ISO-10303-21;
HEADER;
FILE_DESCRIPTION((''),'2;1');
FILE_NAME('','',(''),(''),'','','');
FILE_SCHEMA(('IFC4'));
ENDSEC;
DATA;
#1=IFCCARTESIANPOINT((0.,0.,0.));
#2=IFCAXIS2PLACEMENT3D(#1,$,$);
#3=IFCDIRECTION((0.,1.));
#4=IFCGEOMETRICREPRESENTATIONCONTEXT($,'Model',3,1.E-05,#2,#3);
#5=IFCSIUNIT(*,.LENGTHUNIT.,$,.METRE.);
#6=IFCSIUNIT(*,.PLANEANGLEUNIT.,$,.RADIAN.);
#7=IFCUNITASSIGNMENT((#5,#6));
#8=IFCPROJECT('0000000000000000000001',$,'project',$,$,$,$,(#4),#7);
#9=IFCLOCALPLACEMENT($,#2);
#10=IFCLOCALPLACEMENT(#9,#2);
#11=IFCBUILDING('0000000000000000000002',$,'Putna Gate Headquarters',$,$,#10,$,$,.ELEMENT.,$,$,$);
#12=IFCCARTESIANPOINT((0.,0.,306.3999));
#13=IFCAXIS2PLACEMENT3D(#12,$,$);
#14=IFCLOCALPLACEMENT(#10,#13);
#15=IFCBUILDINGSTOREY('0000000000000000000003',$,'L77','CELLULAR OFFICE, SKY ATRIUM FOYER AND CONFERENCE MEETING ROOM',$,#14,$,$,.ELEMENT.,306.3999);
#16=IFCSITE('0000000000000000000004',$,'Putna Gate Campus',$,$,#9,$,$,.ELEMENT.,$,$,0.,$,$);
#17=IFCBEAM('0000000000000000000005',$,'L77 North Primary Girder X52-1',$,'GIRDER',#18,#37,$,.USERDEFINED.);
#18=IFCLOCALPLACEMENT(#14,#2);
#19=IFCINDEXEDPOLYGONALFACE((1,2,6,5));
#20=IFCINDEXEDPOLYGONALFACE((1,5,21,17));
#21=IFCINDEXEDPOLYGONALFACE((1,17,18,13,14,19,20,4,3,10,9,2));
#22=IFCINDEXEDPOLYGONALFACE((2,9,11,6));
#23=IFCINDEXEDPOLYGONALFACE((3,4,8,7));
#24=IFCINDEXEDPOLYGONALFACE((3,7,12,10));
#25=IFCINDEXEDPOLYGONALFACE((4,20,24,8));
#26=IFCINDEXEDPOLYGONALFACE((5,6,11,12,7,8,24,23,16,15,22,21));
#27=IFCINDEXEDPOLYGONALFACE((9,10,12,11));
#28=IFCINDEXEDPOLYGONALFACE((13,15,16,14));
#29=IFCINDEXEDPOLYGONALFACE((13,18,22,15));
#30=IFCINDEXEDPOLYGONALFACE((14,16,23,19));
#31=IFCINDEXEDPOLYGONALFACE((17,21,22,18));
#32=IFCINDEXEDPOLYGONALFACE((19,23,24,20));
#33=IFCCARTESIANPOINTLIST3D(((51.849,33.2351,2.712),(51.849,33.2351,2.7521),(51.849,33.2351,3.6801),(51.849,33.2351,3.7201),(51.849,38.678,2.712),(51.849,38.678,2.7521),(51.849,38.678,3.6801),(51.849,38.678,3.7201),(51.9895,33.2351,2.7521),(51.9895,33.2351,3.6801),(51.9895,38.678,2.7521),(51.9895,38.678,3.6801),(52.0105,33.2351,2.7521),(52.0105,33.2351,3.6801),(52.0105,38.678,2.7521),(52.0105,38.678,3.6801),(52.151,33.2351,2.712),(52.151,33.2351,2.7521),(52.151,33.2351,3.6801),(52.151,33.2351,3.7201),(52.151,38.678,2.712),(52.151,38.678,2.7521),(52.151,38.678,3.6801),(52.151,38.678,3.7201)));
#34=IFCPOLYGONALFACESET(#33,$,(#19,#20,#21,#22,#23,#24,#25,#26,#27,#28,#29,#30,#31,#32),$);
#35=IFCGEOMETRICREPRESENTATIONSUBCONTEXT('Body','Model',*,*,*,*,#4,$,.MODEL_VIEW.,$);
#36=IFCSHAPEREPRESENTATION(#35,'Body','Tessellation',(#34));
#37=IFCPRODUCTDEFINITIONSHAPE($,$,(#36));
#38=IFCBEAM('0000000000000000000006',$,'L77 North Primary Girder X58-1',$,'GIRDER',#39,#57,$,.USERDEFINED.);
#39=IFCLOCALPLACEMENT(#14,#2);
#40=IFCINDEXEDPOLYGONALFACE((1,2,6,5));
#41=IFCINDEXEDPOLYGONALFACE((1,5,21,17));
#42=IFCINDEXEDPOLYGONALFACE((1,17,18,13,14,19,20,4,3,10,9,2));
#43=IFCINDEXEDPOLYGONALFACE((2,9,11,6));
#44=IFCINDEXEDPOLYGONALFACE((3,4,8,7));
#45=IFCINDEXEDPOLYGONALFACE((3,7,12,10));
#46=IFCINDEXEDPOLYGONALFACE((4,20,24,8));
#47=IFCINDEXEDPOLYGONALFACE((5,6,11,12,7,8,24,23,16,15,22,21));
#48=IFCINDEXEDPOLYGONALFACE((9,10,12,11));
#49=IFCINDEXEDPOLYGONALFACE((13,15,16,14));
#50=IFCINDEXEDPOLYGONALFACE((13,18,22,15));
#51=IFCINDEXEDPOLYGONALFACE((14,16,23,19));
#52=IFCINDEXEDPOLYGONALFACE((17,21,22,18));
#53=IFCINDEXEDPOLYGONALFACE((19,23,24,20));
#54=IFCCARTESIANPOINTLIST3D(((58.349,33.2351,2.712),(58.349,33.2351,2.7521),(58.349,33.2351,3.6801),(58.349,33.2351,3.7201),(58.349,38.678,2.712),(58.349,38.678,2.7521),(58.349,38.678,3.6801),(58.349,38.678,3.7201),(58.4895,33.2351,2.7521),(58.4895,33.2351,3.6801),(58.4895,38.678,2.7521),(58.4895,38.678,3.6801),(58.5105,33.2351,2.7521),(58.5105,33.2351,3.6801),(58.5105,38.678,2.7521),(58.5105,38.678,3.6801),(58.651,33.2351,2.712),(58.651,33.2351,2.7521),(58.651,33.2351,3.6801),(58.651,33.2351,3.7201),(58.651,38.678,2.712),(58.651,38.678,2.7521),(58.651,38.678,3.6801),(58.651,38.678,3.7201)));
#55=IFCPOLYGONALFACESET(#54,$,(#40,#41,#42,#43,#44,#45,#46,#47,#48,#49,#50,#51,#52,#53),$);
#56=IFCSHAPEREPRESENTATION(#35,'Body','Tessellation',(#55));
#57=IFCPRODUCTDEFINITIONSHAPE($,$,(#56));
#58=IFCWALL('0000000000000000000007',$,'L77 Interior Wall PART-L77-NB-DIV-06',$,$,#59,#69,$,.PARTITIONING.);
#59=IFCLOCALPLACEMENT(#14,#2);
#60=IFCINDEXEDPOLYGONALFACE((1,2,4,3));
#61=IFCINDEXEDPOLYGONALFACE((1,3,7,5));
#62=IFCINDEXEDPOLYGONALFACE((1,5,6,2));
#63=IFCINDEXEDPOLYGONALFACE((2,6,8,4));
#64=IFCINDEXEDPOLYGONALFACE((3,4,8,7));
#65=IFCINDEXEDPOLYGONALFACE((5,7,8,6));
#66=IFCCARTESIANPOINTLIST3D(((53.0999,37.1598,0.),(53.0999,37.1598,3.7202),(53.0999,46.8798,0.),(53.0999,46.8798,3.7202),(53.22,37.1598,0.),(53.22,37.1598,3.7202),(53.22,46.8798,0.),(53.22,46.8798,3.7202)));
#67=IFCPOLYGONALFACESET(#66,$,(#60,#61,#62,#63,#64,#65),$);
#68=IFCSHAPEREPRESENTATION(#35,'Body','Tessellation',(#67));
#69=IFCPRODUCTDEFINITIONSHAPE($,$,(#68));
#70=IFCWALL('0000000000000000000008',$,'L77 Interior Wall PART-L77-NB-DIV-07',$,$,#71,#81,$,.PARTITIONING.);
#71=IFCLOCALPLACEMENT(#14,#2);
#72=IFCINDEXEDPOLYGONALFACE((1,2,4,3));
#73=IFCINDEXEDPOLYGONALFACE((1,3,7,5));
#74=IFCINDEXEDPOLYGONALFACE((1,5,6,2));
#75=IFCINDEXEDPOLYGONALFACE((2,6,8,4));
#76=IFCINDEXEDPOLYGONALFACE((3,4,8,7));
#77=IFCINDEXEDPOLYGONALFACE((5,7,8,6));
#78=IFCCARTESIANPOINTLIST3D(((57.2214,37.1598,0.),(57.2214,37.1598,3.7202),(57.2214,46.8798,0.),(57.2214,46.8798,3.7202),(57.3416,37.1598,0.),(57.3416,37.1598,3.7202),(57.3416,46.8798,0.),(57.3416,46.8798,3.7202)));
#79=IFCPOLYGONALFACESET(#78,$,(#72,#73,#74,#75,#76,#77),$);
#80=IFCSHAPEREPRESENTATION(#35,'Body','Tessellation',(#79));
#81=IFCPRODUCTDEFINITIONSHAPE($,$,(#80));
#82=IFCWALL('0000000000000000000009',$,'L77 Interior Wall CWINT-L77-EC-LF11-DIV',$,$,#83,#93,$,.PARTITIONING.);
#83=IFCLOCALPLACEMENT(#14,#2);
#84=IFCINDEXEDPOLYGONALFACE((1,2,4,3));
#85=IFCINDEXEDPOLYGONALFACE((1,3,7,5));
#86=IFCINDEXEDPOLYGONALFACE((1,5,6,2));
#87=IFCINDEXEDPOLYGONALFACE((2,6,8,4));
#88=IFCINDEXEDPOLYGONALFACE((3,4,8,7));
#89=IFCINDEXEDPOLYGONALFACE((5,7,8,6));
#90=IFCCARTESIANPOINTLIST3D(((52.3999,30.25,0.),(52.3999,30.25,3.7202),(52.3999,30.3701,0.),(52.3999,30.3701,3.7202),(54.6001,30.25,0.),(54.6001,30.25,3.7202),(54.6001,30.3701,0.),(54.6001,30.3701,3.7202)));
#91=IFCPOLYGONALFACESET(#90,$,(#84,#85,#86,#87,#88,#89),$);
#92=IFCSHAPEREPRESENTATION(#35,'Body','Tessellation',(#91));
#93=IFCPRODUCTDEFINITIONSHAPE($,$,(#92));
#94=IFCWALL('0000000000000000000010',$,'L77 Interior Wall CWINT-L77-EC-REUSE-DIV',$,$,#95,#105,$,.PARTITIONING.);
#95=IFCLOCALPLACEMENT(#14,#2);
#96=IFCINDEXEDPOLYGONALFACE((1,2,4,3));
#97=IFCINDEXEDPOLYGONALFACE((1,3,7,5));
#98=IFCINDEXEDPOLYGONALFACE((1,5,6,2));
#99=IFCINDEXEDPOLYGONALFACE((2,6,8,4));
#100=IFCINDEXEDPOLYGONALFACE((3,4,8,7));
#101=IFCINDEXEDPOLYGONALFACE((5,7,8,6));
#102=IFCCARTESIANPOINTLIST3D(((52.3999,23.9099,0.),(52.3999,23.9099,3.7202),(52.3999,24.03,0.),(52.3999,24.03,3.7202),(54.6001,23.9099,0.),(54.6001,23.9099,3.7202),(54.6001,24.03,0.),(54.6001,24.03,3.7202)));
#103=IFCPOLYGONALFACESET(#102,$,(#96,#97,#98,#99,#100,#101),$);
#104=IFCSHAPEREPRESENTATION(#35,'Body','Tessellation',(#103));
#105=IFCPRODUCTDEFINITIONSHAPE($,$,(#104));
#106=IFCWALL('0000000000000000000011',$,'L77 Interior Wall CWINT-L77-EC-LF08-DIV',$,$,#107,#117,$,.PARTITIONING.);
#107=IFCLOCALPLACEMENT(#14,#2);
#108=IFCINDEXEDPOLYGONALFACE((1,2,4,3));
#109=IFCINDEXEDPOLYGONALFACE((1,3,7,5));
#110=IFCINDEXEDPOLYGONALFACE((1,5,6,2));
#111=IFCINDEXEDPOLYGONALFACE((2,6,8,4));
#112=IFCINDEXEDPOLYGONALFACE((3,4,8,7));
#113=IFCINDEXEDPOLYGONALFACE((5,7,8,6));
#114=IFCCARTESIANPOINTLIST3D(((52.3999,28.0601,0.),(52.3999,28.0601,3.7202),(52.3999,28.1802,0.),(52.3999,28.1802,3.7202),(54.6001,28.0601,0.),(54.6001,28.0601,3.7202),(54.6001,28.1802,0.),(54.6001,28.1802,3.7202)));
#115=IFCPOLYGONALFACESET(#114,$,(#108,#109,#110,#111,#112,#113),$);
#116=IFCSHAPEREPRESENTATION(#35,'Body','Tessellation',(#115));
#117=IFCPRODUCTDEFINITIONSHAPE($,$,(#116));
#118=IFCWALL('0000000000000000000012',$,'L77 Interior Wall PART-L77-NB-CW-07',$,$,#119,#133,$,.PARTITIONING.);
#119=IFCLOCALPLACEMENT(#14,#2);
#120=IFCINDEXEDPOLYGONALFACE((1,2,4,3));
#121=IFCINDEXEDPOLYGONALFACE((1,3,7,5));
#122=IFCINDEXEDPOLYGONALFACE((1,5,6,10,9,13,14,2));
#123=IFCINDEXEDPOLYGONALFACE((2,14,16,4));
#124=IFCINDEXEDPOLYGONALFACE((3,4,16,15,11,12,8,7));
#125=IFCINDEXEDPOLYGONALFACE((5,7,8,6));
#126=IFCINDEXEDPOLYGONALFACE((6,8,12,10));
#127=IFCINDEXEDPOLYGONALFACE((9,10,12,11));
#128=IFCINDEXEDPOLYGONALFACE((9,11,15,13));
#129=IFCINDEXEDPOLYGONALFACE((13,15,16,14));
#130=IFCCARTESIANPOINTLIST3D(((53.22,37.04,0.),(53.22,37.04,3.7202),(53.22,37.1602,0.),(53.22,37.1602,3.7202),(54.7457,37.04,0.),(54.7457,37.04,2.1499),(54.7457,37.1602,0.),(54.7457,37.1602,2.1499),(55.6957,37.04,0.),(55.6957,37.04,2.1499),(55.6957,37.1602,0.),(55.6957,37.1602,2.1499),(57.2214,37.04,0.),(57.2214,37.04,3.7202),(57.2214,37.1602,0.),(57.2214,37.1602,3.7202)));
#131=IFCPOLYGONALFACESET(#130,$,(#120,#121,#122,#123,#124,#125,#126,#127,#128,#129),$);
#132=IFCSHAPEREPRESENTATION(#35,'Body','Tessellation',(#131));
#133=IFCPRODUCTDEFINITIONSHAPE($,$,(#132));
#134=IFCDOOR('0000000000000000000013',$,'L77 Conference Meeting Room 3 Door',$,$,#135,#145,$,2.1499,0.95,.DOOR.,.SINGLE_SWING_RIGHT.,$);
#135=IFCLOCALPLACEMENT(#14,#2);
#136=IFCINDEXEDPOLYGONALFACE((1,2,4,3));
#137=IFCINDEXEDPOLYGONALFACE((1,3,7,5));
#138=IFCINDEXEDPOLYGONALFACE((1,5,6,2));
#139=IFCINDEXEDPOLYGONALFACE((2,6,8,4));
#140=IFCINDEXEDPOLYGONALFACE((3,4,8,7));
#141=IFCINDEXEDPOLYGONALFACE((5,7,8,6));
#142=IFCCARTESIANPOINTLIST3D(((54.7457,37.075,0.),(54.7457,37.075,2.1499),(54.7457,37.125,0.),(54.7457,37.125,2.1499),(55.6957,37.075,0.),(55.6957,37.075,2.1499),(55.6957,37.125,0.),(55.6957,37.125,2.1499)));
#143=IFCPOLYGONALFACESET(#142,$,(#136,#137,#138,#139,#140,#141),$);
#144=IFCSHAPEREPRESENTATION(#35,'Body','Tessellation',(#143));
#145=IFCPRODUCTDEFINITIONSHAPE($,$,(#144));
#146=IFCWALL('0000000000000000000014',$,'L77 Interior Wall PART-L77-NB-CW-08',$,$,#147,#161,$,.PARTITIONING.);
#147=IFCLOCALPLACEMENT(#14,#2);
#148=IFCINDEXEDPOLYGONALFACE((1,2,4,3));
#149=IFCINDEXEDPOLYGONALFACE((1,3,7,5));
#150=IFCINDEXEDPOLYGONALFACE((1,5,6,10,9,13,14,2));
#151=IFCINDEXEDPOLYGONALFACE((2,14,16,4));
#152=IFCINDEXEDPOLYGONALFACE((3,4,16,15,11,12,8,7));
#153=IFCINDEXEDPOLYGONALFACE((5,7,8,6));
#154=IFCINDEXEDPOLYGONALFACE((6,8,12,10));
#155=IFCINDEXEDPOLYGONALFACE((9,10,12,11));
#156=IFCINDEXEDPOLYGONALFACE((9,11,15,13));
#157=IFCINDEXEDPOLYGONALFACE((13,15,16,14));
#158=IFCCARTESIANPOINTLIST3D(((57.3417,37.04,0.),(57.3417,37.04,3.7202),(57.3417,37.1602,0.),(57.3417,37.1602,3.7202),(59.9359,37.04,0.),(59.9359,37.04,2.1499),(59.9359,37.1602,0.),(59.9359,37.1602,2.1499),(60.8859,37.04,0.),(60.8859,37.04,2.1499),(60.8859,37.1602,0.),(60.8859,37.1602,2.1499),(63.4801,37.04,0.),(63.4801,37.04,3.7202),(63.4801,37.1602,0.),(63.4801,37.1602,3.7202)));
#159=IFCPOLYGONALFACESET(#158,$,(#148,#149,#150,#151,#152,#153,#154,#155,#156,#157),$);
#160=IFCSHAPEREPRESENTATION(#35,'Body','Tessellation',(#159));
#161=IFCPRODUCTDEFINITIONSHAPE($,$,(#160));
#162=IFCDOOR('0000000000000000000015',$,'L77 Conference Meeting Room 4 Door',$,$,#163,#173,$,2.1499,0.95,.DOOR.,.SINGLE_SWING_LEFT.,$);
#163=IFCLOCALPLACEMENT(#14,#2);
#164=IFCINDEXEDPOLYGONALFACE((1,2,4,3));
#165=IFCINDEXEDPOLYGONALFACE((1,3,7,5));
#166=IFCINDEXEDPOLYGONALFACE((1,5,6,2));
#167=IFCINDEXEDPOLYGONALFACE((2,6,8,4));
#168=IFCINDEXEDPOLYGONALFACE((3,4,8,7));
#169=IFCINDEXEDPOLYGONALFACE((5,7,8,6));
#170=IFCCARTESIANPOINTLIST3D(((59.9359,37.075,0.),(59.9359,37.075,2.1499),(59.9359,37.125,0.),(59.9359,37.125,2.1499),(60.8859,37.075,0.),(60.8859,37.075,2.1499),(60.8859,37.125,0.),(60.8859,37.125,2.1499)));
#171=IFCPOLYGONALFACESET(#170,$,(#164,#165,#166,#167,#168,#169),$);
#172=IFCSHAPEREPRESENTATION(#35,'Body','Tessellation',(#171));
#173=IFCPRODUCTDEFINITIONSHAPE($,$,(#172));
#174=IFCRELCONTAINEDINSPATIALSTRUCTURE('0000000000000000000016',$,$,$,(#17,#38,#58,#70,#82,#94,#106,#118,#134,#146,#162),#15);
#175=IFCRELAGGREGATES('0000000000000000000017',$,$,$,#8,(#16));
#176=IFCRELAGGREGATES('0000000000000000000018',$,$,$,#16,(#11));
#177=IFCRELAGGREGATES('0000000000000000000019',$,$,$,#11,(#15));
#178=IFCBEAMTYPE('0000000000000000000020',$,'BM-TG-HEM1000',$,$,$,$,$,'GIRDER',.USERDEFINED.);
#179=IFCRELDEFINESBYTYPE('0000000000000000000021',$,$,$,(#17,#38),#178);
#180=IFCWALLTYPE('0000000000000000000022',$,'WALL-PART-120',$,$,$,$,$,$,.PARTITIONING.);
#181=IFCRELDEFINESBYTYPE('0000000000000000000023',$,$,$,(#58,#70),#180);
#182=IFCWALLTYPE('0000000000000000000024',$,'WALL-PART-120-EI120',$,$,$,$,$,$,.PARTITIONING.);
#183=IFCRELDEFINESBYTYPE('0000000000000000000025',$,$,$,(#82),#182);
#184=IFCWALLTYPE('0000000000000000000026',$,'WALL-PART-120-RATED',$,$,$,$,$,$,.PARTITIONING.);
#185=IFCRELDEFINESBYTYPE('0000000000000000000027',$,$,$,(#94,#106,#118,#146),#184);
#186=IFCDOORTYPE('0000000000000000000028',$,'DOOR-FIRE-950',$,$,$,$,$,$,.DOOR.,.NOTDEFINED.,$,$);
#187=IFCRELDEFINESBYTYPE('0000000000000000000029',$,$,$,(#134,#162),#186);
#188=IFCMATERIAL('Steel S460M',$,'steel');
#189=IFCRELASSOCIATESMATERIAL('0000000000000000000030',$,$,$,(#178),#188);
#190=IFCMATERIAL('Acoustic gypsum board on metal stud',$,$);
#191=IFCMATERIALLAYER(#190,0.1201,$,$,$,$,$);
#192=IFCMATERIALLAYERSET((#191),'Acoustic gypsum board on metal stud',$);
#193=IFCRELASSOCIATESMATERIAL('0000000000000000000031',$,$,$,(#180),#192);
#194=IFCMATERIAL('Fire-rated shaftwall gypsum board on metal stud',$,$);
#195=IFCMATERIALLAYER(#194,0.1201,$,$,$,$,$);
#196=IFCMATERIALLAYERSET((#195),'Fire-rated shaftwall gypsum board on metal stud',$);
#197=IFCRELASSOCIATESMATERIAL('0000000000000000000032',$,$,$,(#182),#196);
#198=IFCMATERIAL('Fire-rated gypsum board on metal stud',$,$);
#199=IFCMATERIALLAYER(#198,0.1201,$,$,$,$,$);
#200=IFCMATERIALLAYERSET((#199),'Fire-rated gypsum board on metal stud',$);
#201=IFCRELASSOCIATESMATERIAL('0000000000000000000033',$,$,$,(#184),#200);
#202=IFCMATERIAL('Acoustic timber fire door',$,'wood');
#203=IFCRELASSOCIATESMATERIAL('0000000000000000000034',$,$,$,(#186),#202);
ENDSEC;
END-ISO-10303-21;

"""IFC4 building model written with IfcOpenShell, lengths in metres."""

from ifc_helpers import new_model, si_unit, direction, frame, frame_2d, origin, origin_2d, place, context, subcontext, project, spatial, rectangle, i_section, extrude, material, layer, layer_set, material_profile, profile_set, type_object, element, fill, save


model = new_model("IFC4")

# Units and contexts
model_context = context("Model", 3, precision=1e-05, world=origin(), true_north=direction((0.0, 1.0)))
body_context = subcontext(model_context, "Body", "Model", "MODEL_VIEW")
ifc_project = project(units=[si_unit("LENGTHUNIT", "METRE"), si_unit("PLANEANGLEUNIT", "RADIAN")], contexts=[model_context])

# Site, building, storey
site_placement = place(None, origin())
site = spatial("IfcSite", under=ifc_project, at=site_placement, Name="Putna Gate Campus", CompositionType="ELEMENT", RefElevation=0.0)
building_placement = place(site_placement, origin())
building = spatial("IfcBuilding", under=site, at=building_placement, Name="Putna Gate Headquarters", CompositionType="ELEMENT")
storey_placement = place(building_placement, frame((0.0, 0.0, 306.3999)))
storey = spatial("IfcBuildingStorey", under=building, at=storey_placement, Name="L77", Description="CELLULAR OFFICE, SKY ATRIUM FOYER AND CONFERENCE MEETING ROOM", CompositionType="ELEMENT", Elevation=306.3999)

# Beams
ifc_material_1 = material(Name="Steel S460M", Category="steel")
ifc_material_profile = material_profile(ifc_material_1, i_section(OverallWidth=0.302, OverallDepth=1.0081, WebThickness=0.021, FlangeThickness=0.04, at=origin_2d()), Name="Steel S460M")
ifc_profile_set = profile_set([ifc_material_profile], Name="Steel S460M")
beam_type = type_object("IfcBeamType", Name="BM-TG-HEM1000", ElementType="GIRDER", PredefinedType="USERDEFINED", material=ifc_profile_set)
for number, where, z_axis, x_axis, name in (
    (1, (52.0, 33.2351, 3.2161), (0.0, 1.0, 0.0), (-1.0, 0.0, 0.0), "L77 North Primary Girder X52-1"),
    (2, (58.5, 33.2351, 3.2161), (0.0, 1.0, 0.0), (-1.0, 0.0, 0.0), "L77 North Primary Girder X58-1"),
):
    element("IfcBeam", number, at=place(storey_placement, frame(where, z_axis=z_axis, x_axis=x_axis)), inside=storey, type_object=beam_type, Name=name, ObjectType="GIRDER", PredefinedType="USERDEFINED", context=body_context, shape_type="SweptSolid", body=[
        extrude(i_section(OverallWidth=0.302, OverallDepth=1.0081, WebThickness=0.021, FlangeThickness=0.04, at=origin_2d()), origin(), (0.0, 0.0, 1.0), 5.4429),
    ])

# Walls
ifc_material_2 = material(Name="Acoustic gypsum board on metal stud")
ifc_layer_1 = layer(ifc_material_2, 0.1201)
ifc_layer_set_1 = layer_set([ifc_layer_1], Name="Acoustic gypsum board on metal stud")
wall_type_1 = type_object("IfcWallType", Name="WALL-PART-120", PredefinedType="PARTITIONING", material=ifc_layer_set_1)
for number, where, z_axis, x_axis, name in (
    (3, (53.1599, 37.1599, 0.0), (0.0, 0.0, 1.0), (0.0, 1.0, 0.0), "L77 Interior Wall PART-L77-NB-DIV-06"),
    (4, (57.2815, 37.1599, 0.0), (0.0, 0.0, 1.0), (0.0, 1.0, 0.0), "L77 Interior Wall PART-L77-NB-DIV-07"),
):
    element("IfcWall", number, at=place(storey_placement, frame(where, z_axis=z_axis, x_axis=x_axis)), inside=storey, type_object=wall_type_1, Name=name, PredefinedType="PARTITIONING", context=body_context, shape_type="SweptSolid", body=[
        extrude(rectangle(XDim=9.72, YDim=0.1201, at=frame_2d((4.8599, 0.0))), origin(), (0.0, 0.0, 1.0), 3.7202),
    ])
ifc_material_3 = material(Name="Fire-rated shaftwall gypsum board on metal stud")
ifc_layer_2 = layer(ifc_material_3, 0.1201)
ifc_layer_set_2 = layer_set([ifc_layer_2], Name="Fire-rated shaftwall gypsum board on metal stud")
wall_type_2 = type_object("IfcWallType", Name="WALL-PART-120-EI120", PredefinedType="PARTITIONING", material=ifc_layer_set_2)
wall_1_placement = place(storey_placement, frame((52.3999, 30.3101, 0.0), z_axis=(0.0, 0.0, 1.0), x_axis=(1.0, 0.0, 0.0)))
element("IfcWall", 5, at=wall_1_placement, inside=storey, type_object=wall_type_2, Name="L77 Interior Wall CWINT-L77-EC-LF11-DIV", PredefinedType="PARTITIONING", context=body_context, shape_type="SweptSolid", body=[
    extrude(rectangle(XDim=2.2002, YDim=0.1201, at=frame_2d((1.1001, 0.0))), origin(), (0.0, 0.0, 1.0), 3.7202),
])
ifc_material_4 = material(Name="Fire-rated gypsum board on metal stud")
ifc_layer_3 = layer(ifc_material_4, 0.1201)
ifc_layer_set_3 = layer_set([ifc_layer_3], Name="Fire-rated gypsum board on metal stud")
wall_type_3 = type_object("IfcWallType", Name="WALL-PART-120-RATED", PredefinedType="PARTITIONING", material=ifc_layer_set_3)
for number, where, z_axis, x_axis, name in (
    (6, (52.3999, 23.97, 0.0), (0.0, 0.0, 1.0), (1.0, 0.0, 0.0), "L77 Interior Wall CWINT-L77-EC-REUSE-DIV"),
    (7, (52.3999, 28.1201, 0.0), (0.0, 0.0, 1.0), (1.0, 0.0, 0.0), "L77 Interior Wall CWINT-L77-EC-LF08-DIV"),
):
    element("IfcWall", number, at=place(storey_placement, frame(where, z_axis=z_axis, x_axis=x_axis)), inside=storey, type_object=wall_type_3, Name=name, PredefinedType="PARTITIONING", context=body_context, shape_type="SweptSolid", body=[
        extrude(rectangle(XDim=2.2002, YDim=0.1201, at=frame_2d((1.1001, 0.0))), origin(), (0.0, 0.0, 1.0), 3.7202),
    ])

# Walls, openings, doors
wall_2_placement = place(storey_placement, frame((53.22, 37.1001, 0.0), z_axis=(0.0, 0.0, 1.0), x_axis=(1.0, 0.0, 0.0)))
wall_2 = element("IfcWall", 8, at=wall_2_placement, inside=storey, type_object=wall_type_3, Name="L77 Interior Wall PART-L77-NB-CW-07", PredefinedType="PARTITIONING", context=body_context, shape_type="SweptSolid", body=[
    extrude(rectangle(XDim=4.0015, YDim=0.1201, at=frame_2d((2.0007, 0.0))), origin(), (0.0, 0.0, 1.0), 3.7202),
])
opening_1_placement = place(wall_2_placement, frame((1.5256, 0.0, 0.0)))
opening_1 = element("IfcOpeningElement", 9, at=opening_1_placement, cuts=wall_2, PredefinedType="OPENING", context=body_context, shape_type="SweptSolid", body=[
    extrude(rectangle(XDim=0.95, YDim=2.1499, at=frame_2d((0.4751, 1.075))), frame((0.0, 0.0701, 0.0), z_axis=(0.0, -1.0, 0.0), x_axis=(1.0, 0.0, 0.0)), (0.0, 0.0, 1.0), 0.1401),
])
ifc_material_5 = material(Name="Acoustic timber fire door", Category="wood")
door_type_1 = type_object("IfcDoorType", Name="DOOR-FIRE-950", OperationType="NOTDEFINED", PredefinedType="DOOR", material=ifc_material_5)
door_1_placement = place(opening_1_placement, origin())
door_1 = element("IfcDoor", 10, at=door_1_placement, inside=storey, type_object=door_type_1, Name="L77 Conference Meeting Room 3 Door", OperationType="SINGLE_SWING_RIGHT", OverallHeight=2.1499, OverallWidth=0.95, PredefinedType="DOOR", context=body_context, shape_type="SweptSolid", body=[
    extrude(rectangle(XDim=0.95, YDim=2.1499, at=frame_2d((0.4751, 1.075))), frame((0.0, 0.0249, 0.0), z_axis=(0.0, -1.0, 0.0), x_axis=(1.0, 0.0, 0.0)), (0.0, 0.0, 1.0), 0.05),
])
fill(opening_1, door_1)
wall_3_placement = place(storey_placement, frame((57.3416, 37.1001, 0.0), z_axis=(0.0, 0.0, 1.0), x_axis=(1.0, 0.0, 0.0)))
wall_3 = element("IfcWall", 11, at=wall_3_placement, inside=storey, type_object=wall_type_3, Name="L77 Interior Wall PART-L77-NB-CW-08", PredefinedType="PARTITIONING", context=body_context, shape_type="SweptSolid", body=[
    extrude(rectangle(XDim=6.1384, YDim=0.1201, at=frame_2d((3.0693, 0.0))), origin(), (0.0, 0.0, 1.0), 3.7202),
])
opening_2_placement = place(wall_3_placement, frame((2.5942, 0.0, 0.0)))
opening_2 = element("IfcOpeningElement", 12, at=opening_2_placement, cuts=wall_3, PredefinedType="OPENING", context=body_context, shape_type="SweptSolid", body=[
    extrude(rectangle(XDim=0.95, YDim=2.1499, at=frame_2d((0.4751, 1.075))), frame((0.0, 0.0701, 0.0), z_axis=(0.0, -1.0, 0.0), x_axis=(1.0, 0.0, 0.0)), (0.0, 0.0, 1.0), 0.1401),
])
door_2_placement = place(opening_2_placement, origin())
door_2 = element("IfcDoor", 13, at=door_2_placement, inside=storey, type_object=door_type_1, Name="L77 Conference Meeting Room 4 Door", OperationType="SINGLE_SWING_LEFT", OverallHeight=2.1499, OverallWidth=0.95, PredefinedType="DOOR", context=body_context, shape_type="SweptSolid", body=[
    extrude(rectangle(XDim=0.95, YDim=2.1499, at=frame_2d((0.4751, 1.075))), frame((0.0, 0.0249, 0.0), z_axis=(0.0, -1.0, 0.0), x_axis=(1.0, 0.0, 0.0)), (0.0, 0.0, 1.0), 0.05),
])
fill(opening_2, door_2)

save(model, "model.ifc")
